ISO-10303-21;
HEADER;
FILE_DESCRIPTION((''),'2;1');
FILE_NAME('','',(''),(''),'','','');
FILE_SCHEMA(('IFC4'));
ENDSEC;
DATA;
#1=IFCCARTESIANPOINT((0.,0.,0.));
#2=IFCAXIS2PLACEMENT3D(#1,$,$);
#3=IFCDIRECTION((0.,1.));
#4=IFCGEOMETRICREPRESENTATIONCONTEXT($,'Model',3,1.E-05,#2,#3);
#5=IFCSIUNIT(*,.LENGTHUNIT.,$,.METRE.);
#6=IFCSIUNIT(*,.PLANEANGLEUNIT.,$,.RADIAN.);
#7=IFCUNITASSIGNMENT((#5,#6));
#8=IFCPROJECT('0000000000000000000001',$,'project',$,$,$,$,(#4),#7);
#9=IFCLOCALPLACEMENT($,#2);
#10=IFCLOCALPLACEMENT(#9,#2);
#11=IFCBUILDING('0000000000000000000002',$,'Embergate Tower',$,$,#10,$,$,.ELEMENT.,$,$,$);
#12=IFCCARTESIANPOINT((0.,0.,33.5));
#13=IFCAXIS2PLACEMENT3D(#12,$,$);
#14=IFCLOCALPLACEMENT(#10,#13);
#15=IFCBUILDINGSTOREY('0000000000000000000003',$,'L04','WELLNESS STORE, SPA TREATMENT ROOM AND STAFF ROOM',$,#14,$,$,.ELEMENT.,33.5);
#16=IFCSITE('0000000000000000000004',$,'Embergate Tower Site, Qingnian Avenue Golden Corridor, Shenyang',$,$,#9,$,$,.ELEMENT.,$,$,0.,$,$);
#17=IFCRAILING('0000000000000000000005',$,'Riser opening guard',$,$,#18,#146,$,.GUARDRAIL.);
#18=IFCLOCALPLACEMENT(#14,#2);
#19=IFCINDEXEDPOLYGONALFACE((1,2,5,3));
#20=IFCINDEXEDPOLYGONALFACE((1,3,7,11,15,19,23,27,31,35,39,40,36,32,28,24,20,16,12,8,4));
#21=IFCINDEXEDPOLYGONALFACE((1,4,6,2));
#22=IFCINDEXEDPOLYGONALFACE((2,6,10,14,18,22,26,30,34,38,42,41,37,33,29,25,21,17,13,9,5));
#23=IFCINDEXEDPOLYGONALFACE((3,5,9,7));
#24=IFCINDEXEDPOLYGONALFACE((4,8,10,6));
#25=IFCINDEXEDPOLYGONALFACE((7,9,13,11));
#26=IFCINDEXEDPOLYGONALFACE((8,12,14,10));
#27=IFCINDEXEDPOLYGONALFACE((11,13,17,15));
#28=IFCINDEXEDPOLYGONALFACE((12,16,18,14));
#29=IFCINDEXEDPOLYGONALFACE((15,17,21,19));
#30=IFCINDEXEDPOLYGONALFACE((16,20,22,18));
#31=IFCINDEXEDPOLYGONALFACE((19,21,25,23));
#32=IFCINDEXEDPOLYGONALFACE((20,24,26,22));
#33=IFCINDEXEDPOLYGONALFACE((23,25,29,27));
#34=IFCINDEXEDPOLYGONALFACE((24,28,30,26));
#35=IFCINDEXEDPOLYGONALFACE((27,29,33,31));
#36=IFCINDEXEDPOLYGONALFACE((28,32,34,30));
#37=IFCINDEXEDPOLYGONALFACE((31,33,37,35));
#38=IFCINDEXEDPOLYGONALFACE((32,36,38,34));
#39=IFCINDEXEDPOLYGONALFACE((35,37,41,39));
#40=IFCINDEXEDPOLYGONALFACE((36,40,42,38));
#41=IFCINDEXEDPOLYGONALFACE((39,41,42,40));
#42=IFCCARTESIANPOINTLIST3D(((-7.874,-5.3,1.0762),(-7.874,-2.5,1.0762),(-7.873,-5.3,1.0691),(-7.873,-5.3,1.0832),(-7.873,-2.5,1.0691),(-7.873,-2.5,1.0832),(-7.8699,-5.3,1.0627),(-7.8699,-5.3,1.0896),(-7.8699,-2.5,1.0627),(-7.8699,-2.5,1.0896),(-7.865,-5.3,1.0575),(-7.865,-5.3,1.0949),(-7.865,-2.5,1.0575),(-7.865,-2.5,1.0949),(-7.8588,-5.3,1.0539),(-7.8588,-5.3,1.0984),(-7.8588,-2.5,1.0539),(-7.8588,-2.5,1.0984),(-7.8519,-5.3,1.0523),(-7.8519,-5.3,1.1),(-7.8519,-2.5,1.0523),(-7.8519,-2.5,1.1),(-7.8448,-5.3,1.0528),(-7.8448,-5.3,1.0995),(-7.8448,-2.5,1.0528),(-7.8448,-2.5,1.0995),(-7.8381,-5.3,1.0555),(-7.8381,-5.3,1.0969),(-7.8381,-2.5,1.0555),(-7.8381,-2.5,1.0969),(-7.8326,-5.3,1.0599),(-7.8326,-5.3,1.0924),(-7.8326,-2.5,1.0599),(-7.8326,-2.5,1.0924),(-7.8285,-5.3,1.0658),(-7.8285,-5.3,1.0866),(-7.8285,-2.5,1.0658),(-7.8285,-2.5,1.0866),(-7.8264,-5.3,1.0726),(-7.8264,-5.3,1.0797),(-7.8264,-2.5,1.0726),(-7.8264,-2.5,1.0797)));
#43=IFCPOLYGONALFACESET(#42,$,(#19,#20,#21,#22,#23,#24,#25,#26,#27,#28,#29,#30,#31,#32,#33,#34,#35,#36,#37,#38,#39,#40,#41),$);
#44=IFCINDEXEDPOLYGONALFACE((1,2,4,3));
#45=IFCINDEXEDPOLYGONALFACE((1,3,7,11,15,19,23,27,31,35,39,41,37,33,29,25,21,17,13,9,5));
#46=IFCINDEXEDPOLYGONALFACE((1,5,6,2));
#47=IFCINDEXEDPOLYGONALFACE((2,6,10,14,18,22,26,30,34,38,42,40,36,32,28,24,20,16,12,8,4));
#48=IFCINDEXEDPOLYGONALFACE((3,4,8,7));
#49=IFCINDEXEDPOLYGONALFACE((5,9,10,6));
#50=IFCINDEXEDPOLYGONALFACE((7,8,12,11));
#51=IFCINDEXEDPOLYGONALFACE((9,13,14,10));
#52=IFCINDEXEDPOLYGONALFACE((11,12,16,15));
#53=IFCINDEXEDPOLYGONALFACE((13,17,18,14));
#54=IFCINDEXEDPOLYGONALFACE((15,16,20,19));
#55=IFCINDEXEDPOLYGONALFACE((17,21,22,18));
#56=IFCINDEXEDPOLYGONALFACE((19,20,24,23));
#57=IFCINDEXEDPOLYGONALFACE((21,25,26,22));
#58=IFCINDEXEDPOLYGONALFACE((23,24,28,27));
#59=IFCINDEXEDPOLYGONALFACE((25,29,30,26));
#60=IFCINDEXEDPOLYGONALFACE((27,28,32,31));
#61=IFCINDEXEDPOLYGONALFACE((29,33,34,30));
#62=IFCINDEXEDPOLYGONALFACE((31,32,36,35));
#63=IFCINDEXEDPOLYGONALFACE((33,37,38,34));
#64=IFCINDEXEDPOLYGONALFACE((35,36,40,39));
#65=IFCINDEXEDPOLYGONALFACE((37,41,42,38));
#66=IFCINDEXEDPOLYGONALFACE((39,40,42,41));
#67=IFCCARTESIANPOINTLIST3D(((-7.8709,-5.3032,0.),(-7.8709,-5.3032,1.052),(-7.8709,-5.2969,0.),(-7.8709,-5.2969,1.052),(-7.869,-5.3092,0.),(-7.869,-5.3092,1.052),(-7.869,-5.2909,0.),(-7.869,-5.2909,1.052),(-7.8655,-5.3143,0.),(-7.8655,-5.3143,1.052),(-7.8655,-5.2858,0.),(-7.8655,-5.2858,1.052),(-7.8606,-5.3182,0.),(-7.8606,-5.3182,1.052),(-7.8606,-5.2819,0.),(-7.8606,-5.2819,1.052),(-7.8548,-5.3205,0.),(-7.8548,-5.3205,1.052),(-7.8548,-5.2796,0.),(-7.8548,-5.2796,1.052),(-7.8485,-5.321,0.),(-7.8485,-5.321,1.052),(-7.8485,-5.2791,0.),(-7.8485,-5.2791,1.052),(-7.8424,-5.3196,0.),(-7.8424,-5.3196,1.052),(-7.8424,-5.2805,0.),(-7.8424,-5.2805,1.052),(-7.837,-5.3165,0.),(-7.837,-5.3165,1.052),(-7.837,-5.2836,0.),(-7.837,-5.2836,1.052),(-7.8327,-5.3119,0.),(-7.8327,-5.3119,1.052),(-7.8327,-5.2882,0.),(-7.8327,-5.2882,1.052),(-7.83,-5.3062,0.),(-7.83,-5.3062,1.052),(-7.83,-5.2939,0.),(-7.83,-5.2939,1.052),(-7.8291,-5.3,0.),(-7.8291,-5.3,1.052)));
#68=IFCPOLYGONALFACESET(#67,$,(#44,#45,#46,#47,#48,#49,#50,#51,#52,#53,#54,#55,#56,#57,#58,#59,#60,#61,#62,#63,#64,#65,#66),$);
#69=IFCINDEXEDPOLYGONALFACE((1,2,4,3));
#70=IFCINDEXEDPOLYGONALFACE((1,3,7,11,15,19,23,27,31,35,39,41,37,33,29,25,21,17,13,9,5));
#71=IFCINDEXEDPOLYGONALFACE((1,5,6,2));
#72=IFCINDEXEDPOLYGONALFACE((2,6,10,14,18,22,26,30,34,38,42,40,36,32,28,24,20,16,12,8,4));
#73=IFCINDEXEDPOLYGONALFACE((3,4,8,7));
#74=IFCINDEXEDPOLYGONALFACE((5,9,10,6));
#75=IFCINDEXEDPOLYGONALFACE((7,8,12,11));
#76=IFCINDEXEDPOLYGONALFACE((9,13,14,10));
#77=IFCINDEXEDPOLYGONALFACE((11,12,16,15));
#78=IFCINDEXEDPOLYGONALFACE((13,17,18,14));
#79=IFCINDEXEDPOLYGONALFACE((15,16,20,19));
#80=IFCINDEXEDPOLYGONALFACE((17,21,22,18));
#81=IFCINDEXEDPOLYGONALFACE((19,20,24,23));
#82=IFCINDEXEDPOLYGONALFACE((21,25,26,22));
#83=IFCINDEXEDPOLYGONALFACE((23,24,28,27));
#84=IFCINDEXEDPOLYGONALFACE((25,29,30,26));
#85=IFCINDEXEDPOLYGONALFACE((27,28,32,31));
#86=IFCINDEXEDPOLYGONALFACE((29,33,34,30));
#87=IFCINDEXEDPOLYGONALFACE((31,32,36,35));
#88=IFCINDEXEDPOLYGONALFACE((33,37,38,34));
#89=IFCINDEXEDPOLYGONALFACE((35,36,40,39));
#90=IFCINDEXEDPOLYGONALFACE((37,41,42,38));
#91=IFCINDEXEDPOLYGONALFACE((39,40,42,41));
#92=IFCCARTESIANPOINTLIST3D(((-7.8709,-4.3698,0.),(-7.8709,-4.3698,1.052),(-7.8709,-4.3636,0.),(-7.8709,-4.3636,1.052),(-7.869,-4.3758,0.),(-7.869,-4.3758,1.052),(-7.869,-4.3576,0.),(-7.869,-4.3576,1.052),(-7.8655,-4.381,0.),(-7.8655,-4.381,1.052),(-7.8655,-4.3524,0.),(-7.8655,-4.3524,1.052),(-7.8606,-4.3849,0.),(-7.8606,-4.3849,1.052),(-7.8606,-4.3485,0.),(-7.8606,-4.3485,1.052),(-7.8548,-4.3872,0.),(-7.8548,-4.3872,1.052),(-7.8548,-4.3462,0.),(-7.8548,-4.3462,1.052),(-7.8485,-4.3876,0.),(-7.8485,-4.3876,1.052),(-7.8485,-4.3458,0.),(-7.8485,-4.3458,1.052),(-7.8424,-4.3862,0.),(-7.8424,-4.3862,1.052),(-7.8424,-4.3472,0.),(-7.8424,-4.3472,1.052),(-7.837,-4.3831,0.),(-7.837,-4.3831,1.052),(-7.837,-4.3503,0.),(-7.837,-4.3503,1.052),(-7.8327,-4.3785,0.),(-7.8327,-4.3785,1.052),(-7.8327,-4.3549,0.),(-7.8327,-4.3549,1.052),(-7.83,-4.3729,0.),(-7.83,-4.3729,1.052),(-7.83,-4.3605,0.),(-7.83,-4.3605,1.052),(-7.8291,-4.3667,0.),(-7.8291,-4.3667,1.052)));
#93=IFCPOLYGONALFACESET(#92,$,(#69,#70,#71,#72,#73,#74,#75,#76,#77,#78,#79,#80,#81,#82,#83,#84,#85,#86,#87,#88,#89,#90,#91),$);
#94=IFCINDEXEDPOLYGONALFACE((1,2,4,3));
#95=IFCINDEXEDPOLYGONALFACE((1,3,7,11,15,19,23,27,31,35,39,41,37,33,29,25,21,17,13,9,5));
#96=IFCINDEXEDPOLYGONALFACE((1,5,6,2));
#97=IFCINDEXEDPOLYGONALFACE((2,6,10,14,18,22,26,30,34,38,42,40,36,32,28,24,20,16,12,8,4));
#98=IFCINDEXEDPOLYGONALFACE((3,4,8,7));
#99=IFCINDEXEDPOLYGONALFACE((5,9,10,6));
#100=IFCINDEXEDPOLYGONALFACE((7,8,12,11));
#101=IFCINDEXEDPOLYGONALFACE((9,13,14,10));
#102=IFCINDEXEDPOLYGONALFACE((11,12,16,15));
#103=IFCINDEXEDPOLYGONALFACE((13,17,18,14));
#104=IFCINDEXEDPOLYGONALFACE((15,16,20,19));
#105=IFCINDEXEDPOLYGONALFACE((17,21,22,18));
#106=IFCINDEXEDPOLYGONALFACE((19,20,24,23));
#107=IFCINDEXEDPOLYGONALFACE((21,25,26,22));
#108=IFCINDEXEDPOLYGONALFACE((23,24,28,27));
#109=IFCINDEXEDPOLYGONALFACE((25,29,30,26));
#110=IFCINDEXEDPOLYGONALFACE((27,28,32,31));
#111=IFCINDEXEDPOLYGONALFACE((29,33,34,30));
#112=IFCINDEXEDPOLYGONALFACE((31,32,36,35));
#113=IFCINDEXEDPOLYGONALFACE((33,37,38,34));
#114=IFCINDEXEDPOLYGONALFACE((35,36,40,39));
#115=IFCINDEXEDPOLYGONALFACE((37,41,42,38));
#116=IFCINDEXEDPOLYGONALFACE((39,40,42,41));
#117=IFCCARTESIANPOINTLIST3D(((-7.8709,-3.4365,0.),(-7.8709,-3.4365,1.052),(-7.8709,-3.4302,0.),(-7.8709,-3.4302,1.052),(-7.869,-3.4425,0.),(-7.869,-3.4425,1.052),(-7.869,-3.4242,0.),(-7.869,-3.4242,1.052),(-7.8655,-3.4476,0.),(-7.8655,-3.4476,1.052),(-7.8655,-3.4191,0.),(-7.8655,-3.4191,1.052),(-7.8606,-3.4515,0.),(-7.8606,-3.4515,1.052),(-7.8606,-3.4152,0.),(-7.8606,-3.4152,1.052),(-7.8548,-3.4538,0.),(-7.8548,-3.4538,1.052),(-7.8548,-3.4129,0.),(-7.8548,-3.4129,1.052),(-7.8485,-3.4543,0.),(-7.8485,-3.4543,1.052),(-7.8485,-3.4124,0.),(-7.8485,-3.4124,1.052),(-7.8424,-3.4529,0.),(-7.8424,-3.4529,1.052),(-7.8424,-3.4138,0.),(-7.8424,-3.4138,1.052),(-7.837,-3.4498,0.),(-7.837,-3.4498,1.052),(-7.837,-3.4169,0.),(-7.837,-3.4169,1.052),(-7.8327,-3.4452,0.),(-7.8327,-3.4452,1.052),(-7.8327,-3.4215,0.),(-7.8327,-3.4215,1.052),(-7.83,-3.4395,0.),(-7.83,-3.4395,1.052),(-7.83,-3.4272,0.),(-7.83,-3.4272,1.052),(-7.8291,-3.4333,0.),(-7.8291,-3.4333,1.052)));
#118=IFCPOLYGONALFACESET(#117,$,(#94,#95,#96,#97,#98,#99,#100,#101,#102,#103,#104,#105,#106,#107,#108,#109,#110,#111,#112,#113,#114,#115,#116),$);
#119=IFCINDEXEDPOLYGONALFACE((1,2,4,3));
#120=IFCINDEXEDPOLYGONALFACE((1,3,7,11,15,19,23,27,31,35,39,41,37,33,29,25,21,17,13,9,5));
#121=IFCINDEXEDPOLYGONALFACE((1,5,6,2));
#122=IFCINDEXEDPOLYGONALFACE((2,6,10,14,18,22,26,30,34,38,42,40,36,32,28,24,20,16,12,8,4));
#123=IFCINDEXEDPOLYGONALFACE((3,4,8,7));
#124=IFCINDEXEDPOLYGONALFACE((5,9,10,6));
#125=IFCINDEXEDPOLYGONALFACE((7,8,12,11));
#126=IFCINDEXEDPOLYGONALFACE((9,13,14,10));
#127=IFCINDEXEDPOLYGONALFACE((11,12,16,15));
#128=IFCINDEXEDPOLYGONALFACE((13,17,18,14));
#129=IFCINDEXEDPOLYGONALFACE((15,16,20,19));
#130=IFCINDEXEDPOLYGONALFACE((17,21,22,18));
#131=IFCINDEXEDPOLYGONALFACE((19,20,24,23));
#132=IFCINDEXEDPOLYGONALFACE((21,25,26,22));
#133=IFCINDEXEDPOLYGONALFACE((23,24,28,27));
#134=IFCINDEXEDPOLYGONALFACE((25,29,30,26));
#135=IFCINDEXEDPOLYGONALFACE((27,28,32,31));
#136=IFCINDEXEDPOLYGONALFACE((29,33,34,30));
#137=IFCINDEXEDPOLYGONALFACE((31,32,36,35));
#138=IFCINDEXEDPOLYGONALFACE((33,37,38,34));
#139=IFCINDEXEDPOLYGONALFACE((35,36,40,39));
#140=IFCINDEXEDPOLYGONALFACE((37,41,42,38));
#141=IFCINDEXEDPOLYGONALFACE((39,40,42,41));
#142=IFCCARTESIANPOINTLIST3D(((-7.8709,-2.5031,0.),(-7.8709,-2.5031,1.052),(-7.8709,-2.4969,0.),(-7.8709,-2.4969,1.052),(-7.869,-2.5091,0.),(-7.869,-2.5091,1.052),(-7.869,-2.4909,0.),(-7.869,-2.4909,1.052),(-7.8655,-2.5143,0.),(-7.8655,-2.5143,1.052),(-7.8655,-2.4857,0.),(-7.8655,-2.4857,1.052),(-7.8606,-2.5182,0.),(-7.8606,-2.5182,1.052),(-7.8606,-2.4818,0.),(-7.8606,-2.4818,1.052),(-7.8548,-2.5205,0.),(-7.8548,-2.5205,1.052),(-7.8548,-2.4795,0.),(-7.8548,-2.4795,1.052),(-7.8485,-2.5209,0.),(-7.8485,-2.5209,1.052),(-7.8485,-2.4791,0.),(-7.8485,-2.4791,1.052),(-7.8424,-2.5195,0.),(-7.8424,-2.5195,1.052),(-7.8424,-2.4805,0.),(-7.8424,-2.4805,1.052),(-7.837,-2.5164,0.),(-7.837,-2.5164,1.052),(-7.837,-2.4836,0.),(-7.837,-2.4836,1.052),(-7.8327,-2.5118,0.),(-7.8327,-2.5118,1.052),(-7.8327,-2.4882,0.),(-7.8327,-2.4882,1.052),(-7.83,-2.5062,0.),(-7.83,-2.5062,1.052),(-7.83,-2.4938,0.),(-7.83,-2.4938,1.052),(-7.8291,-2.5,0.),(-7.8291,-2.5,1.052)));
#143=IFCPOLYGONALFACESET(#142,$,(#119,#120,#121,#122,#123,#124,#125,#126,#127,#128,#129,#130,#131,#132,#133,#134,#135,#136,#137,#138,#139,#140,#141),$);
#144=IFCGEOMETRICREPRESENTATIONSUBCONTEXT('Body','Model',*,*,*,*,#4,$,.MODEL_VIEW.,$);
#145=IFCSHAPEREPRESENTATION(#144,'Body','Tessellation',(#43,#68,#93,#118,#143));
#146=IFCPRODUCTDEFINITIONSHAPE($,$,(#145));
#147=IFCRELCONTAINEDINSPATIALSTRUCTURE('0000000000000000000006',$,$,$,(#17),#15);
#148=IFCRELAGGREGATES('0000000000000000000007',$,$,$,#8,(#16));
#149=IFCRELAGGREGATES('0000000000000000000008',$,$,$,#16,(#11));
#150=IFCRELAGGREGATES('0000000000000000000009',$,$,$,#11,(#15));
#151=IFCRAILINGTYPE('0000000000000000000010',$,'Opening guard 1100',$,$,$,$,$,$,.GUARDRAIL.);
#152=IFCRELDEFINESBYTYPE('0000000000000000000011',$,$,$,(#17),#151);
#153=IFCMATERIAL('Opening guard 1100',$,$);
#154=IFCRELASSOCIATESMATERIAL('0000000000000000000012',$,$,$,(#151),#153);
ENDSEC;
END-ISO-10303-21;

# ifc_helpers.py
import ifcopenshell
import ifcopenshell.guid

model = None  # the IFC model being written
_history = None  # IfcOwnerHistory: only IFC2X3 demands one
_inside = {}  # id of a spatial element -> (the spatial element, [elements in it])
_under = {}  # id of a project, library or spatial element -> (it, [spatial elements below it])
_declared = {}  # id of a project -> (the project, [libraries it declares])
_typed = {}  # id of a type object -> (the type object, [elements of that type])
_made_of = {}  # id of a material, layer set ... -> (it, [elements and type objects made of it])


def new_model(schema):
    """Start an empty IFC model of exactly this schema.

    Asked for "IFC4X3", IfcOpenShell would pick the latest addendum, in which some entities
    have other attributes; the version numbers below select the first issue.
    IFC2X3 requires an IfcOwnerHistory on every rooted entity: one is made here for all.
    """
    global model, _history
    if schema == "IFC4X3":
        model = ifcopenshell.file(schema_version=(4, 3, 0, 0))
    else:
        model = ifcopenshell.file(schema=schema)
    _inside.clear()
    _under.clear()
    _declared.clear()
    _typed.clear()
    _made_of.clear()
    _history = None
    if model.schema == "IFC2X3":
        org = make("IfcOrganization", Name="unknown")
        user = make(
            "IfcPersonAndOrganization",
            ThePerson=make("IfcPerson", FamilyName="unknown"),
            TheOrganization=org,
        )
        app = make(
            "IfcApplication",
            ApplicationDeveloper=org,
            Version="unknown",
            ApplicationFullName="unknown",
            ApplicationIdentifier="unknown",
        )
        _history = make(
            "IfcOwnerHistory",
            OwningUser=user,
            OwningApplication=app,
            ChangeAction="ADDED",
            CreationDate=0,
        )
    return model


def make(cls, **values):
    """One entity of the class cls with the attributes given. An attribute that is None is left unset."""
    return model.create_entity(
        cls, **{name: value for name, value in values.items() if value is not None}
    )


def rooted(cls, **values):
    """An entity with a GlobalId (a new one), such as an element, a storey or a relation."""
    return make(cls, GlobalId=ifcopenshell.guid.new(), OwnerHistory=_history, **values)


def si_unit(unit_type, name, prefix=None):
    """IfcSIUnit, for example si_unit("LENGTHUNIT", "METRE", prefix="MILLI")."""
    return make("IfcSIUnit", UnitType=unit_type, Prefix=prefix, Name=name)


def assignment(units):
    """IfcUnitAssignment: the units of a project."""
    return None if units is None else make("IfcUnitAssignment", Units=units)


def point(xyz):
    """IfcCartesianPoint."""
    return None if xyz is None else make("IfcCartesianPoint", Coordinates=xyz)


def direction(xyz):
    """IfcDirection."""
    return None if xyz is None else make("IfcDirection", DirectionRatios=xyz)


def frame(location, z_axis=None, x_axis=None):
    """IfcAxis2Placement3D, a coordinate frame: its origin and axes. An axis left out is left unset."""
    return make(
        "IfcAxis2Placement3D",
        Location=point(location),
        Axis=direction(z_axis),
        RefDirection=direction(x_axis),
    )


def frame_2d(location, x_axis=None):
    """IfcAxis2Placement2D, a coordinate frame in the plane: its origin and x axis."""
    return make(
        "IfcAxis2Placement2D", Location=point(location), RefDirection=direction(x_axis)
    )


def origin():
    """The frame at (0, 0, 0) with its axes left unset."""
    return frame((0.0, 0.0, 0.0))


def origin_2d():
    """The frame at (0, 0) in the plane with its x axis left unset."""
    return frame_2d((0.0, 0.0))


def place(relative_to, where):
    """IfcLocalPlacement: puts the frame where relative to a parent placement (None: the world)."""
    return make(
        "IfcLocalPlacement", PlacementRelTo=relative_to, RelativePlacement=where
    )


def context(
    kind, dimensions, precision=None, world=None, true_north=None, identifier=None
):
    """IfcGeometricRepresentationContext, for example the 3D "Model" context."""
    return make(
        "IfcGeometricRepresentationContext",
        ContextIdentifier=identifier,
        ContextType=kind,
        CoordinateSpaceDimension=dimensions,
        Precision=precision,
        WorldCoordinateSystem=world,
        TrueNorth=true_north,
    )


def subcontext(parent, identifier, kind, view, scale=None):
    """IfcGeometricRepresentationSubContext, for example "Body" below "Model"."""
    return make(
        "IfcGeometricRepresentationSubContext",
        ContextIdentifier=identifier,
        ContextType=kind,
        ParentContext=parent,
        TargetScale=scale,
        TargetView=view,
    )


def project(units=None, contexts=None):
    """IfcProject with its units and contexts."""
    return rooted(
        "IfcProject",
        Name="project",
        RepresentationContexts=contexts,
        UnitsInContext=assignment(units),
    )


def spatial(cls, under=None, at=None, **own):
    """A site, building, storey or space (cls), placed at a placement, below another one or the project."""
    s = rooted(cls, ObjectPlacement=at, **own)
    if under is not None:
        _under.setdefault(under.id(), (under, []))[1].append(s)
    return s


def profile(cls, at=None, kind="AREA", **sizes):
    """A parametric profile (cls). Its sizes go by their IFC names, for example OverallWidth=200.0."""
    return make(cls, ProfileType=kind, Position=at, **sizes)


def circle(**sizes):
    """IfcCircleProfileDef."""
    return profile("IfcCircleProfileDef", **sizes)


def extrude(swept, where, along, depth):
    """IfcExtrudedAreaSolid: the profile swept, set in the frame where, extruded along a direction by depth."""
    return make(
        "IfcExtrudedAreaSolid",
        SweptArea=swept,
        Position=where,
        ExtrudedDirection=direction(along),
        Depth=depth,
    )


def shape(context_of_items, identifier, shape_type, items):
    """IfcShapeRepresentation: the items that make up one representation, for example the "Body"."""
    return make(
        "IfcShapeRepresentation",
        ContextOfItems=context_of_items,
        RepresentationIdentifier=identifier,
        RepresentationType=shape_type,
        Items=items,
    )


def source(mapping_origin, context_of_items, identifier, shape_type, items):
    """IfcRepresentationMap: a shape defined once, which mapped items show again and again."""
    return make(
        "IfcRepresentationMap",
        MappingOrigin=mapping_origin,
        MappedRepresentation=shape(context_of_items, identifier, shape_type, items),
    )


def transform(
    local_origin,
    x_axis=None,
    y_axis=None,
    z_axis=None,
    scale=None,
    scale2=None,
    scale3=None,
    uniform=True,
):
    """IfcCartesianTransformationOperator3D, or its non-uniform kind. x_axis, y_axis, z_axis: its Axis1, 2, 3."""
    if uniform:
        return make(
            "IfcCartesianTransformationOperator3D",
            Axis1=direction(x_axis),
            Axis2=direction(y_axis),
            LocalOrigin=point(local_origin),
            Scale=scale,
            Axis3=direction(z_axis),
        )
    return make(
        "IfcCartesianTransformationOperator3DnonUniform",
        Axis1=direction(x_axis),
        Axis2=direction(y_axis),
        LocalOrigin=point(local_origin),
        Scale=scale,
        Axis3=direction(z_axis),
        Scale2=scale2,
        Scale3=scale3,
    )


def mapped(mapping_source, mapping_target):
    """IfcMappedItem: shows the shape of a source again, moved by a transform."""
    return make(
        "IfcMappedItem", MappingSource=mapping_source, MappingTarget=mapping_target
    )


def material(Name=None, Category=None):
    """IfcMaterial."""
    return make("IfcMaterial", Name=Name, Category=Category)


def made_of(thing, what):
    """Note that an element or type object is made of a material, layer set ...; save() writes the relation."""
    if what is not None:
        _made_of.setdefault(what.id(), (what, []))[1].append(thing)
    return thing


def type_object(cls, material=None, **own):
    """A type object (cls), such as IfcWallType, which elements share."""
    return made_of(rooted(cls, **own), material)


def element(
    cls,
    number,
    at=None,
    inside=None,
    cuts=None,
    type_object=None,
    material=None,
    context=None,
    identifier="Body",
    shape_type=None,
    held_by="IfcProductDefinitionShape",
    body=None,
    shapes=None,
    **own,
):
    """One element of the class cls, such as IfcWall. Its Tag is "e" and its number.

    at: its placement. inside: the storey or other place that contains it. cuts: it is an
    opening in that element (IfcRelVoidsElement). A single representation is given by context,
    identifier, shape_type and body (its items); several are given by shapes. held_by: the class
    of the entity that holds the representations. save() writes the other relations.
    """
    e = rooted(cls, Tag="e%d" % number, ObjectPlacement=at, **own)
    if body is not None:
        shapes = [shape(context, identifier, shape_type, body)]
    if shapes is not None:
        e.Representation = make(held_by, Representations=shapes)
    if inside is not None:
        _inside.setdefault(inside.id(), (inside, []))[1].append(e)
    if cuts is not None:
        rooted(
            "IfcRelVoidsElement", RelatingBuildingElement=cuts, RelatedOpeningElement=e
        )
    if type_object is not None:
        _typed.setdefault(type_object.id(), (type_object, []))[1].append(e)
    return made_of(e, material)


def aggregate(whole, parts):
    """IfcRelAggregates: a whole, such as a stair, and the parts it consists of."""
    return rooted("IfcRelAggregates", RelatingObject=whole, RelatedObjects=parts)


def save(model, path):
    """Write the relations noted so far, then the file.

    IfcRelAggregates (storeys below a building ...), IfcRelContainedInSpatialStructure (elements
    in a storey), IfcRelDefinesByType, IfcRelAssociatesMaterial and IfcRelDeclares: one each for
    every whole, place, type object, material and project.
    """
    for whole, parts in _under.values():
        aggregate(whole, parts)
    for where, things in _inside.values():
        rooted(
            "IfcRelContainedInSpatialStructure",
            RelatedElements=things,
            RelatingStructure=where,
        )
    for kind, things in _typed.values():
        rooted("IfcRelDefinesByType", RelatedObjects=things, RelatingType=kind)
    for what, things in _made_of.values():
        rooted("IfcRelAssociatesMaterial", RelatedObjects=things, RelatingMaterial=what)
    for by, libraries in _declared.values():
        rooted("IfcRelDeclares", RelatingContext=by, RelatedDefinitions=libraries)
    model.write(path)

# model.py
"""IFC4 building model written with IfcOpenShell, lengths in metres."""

from ifc_helpers import new_model, si_unit, direction, frame, origin, origin_2d, place, context, subcontext, project, spatial, circle, extrude, source, transform, mapped, material, type_object, element, save


model = new_model("IFC4")

# Units and contexts
model_context = context("Model", 3, precision=1e-05, world=origin(), true_north=direction((0.0, 1.0)))
body_context = subcontext(model_context, "Body", "Model", "MODEL_VIEW")
ifc_project = project(units=[si_unit("LENGTHUNIT", "METRE"), si_unit("PLANEANGLEUNIT", "RADIAN")], contexts=[model_context])

# Site, building, storey
site_placement = place(None, origin())
site = spatial("IfcSite", under=ifc_project, at=site_placement, Name="Embergate Tower Site, Qingnian Avenue Golden Corridor, Shenyang", CompositionType="ELEMENT", RefElevation=0.0)
building_placement = place(site_placement, origin())
building = spatial("IfcBuilding", under=site, at=building_placement, Name="Embergate Tower", CompositionType="ELEMENT")
storey_placement = place(building_placement, frame((0.0, 0.0, 33.5)))
storey = spatial("IfcBuildingStorey", under=building, at=storey_placement, Name="L04", Description="WELLNESS STORE, SPA TREATMENT ROOM AND STAFF ROOM", CompositionType="ELEMENT", Elevation=33.5)

# Railing
ifc_material_1 = material(Name="Opening guard 1100")
railing_type_1 = type_object("IfcRailingType", Name="Opening guard 1100", PredefinedType="GUARDRAIL", material=ifc_material_1)
shared_shape_1 = source(origin(), body_context, "Body", "SweptSolid", [
    extrude(circle(Radius=0.0239, at=origin_2d()), frame((0.0, 0.0, 1.0762), z_axis=(0.0, 1.0, 0.0), x_axis=(-1.0, 0.0, 0.0)), (0.0, 0.0, 1.0), 2.8),
    extrude(circle(Radius=0.021, at=origin_2d()), origin(), (0.0, 0.0, 1.0), 1.052),
    extrude(circle(Radius=0.021, at=origin_2d()), frame((0.0, 0.9333, 0.0)), (0.0, 0.0, 1.0), 1.052),
    extrude(circle(Radius=0.021, at=origin_2d()), frame((0.0, 1.8667, 0.0)), (0.0, 0.0, 1.0), 1.052),
    extrude(circle(Radius=0.021, at=origin_2d()), frame((0.0, 2.8, 0.0)), (0.0, 0.0, 1.0), 1.052),
])
railing_1_placement = place(storey_placement, frame((-7.8501, -5.3, 0.0)))
element("IfcRailing", 1, at=railing_1_placement, inside=storey, type_object=railing_type_1, Name="Riser opening guard", PredefinedType="GUARDRAIL", context=body_context, shape_type="MappedRepresentation", body=[
    mapped(shared_shape_1, transform((0.0, 0.0, 0.0))),
])

save(model, "model.ifc")
